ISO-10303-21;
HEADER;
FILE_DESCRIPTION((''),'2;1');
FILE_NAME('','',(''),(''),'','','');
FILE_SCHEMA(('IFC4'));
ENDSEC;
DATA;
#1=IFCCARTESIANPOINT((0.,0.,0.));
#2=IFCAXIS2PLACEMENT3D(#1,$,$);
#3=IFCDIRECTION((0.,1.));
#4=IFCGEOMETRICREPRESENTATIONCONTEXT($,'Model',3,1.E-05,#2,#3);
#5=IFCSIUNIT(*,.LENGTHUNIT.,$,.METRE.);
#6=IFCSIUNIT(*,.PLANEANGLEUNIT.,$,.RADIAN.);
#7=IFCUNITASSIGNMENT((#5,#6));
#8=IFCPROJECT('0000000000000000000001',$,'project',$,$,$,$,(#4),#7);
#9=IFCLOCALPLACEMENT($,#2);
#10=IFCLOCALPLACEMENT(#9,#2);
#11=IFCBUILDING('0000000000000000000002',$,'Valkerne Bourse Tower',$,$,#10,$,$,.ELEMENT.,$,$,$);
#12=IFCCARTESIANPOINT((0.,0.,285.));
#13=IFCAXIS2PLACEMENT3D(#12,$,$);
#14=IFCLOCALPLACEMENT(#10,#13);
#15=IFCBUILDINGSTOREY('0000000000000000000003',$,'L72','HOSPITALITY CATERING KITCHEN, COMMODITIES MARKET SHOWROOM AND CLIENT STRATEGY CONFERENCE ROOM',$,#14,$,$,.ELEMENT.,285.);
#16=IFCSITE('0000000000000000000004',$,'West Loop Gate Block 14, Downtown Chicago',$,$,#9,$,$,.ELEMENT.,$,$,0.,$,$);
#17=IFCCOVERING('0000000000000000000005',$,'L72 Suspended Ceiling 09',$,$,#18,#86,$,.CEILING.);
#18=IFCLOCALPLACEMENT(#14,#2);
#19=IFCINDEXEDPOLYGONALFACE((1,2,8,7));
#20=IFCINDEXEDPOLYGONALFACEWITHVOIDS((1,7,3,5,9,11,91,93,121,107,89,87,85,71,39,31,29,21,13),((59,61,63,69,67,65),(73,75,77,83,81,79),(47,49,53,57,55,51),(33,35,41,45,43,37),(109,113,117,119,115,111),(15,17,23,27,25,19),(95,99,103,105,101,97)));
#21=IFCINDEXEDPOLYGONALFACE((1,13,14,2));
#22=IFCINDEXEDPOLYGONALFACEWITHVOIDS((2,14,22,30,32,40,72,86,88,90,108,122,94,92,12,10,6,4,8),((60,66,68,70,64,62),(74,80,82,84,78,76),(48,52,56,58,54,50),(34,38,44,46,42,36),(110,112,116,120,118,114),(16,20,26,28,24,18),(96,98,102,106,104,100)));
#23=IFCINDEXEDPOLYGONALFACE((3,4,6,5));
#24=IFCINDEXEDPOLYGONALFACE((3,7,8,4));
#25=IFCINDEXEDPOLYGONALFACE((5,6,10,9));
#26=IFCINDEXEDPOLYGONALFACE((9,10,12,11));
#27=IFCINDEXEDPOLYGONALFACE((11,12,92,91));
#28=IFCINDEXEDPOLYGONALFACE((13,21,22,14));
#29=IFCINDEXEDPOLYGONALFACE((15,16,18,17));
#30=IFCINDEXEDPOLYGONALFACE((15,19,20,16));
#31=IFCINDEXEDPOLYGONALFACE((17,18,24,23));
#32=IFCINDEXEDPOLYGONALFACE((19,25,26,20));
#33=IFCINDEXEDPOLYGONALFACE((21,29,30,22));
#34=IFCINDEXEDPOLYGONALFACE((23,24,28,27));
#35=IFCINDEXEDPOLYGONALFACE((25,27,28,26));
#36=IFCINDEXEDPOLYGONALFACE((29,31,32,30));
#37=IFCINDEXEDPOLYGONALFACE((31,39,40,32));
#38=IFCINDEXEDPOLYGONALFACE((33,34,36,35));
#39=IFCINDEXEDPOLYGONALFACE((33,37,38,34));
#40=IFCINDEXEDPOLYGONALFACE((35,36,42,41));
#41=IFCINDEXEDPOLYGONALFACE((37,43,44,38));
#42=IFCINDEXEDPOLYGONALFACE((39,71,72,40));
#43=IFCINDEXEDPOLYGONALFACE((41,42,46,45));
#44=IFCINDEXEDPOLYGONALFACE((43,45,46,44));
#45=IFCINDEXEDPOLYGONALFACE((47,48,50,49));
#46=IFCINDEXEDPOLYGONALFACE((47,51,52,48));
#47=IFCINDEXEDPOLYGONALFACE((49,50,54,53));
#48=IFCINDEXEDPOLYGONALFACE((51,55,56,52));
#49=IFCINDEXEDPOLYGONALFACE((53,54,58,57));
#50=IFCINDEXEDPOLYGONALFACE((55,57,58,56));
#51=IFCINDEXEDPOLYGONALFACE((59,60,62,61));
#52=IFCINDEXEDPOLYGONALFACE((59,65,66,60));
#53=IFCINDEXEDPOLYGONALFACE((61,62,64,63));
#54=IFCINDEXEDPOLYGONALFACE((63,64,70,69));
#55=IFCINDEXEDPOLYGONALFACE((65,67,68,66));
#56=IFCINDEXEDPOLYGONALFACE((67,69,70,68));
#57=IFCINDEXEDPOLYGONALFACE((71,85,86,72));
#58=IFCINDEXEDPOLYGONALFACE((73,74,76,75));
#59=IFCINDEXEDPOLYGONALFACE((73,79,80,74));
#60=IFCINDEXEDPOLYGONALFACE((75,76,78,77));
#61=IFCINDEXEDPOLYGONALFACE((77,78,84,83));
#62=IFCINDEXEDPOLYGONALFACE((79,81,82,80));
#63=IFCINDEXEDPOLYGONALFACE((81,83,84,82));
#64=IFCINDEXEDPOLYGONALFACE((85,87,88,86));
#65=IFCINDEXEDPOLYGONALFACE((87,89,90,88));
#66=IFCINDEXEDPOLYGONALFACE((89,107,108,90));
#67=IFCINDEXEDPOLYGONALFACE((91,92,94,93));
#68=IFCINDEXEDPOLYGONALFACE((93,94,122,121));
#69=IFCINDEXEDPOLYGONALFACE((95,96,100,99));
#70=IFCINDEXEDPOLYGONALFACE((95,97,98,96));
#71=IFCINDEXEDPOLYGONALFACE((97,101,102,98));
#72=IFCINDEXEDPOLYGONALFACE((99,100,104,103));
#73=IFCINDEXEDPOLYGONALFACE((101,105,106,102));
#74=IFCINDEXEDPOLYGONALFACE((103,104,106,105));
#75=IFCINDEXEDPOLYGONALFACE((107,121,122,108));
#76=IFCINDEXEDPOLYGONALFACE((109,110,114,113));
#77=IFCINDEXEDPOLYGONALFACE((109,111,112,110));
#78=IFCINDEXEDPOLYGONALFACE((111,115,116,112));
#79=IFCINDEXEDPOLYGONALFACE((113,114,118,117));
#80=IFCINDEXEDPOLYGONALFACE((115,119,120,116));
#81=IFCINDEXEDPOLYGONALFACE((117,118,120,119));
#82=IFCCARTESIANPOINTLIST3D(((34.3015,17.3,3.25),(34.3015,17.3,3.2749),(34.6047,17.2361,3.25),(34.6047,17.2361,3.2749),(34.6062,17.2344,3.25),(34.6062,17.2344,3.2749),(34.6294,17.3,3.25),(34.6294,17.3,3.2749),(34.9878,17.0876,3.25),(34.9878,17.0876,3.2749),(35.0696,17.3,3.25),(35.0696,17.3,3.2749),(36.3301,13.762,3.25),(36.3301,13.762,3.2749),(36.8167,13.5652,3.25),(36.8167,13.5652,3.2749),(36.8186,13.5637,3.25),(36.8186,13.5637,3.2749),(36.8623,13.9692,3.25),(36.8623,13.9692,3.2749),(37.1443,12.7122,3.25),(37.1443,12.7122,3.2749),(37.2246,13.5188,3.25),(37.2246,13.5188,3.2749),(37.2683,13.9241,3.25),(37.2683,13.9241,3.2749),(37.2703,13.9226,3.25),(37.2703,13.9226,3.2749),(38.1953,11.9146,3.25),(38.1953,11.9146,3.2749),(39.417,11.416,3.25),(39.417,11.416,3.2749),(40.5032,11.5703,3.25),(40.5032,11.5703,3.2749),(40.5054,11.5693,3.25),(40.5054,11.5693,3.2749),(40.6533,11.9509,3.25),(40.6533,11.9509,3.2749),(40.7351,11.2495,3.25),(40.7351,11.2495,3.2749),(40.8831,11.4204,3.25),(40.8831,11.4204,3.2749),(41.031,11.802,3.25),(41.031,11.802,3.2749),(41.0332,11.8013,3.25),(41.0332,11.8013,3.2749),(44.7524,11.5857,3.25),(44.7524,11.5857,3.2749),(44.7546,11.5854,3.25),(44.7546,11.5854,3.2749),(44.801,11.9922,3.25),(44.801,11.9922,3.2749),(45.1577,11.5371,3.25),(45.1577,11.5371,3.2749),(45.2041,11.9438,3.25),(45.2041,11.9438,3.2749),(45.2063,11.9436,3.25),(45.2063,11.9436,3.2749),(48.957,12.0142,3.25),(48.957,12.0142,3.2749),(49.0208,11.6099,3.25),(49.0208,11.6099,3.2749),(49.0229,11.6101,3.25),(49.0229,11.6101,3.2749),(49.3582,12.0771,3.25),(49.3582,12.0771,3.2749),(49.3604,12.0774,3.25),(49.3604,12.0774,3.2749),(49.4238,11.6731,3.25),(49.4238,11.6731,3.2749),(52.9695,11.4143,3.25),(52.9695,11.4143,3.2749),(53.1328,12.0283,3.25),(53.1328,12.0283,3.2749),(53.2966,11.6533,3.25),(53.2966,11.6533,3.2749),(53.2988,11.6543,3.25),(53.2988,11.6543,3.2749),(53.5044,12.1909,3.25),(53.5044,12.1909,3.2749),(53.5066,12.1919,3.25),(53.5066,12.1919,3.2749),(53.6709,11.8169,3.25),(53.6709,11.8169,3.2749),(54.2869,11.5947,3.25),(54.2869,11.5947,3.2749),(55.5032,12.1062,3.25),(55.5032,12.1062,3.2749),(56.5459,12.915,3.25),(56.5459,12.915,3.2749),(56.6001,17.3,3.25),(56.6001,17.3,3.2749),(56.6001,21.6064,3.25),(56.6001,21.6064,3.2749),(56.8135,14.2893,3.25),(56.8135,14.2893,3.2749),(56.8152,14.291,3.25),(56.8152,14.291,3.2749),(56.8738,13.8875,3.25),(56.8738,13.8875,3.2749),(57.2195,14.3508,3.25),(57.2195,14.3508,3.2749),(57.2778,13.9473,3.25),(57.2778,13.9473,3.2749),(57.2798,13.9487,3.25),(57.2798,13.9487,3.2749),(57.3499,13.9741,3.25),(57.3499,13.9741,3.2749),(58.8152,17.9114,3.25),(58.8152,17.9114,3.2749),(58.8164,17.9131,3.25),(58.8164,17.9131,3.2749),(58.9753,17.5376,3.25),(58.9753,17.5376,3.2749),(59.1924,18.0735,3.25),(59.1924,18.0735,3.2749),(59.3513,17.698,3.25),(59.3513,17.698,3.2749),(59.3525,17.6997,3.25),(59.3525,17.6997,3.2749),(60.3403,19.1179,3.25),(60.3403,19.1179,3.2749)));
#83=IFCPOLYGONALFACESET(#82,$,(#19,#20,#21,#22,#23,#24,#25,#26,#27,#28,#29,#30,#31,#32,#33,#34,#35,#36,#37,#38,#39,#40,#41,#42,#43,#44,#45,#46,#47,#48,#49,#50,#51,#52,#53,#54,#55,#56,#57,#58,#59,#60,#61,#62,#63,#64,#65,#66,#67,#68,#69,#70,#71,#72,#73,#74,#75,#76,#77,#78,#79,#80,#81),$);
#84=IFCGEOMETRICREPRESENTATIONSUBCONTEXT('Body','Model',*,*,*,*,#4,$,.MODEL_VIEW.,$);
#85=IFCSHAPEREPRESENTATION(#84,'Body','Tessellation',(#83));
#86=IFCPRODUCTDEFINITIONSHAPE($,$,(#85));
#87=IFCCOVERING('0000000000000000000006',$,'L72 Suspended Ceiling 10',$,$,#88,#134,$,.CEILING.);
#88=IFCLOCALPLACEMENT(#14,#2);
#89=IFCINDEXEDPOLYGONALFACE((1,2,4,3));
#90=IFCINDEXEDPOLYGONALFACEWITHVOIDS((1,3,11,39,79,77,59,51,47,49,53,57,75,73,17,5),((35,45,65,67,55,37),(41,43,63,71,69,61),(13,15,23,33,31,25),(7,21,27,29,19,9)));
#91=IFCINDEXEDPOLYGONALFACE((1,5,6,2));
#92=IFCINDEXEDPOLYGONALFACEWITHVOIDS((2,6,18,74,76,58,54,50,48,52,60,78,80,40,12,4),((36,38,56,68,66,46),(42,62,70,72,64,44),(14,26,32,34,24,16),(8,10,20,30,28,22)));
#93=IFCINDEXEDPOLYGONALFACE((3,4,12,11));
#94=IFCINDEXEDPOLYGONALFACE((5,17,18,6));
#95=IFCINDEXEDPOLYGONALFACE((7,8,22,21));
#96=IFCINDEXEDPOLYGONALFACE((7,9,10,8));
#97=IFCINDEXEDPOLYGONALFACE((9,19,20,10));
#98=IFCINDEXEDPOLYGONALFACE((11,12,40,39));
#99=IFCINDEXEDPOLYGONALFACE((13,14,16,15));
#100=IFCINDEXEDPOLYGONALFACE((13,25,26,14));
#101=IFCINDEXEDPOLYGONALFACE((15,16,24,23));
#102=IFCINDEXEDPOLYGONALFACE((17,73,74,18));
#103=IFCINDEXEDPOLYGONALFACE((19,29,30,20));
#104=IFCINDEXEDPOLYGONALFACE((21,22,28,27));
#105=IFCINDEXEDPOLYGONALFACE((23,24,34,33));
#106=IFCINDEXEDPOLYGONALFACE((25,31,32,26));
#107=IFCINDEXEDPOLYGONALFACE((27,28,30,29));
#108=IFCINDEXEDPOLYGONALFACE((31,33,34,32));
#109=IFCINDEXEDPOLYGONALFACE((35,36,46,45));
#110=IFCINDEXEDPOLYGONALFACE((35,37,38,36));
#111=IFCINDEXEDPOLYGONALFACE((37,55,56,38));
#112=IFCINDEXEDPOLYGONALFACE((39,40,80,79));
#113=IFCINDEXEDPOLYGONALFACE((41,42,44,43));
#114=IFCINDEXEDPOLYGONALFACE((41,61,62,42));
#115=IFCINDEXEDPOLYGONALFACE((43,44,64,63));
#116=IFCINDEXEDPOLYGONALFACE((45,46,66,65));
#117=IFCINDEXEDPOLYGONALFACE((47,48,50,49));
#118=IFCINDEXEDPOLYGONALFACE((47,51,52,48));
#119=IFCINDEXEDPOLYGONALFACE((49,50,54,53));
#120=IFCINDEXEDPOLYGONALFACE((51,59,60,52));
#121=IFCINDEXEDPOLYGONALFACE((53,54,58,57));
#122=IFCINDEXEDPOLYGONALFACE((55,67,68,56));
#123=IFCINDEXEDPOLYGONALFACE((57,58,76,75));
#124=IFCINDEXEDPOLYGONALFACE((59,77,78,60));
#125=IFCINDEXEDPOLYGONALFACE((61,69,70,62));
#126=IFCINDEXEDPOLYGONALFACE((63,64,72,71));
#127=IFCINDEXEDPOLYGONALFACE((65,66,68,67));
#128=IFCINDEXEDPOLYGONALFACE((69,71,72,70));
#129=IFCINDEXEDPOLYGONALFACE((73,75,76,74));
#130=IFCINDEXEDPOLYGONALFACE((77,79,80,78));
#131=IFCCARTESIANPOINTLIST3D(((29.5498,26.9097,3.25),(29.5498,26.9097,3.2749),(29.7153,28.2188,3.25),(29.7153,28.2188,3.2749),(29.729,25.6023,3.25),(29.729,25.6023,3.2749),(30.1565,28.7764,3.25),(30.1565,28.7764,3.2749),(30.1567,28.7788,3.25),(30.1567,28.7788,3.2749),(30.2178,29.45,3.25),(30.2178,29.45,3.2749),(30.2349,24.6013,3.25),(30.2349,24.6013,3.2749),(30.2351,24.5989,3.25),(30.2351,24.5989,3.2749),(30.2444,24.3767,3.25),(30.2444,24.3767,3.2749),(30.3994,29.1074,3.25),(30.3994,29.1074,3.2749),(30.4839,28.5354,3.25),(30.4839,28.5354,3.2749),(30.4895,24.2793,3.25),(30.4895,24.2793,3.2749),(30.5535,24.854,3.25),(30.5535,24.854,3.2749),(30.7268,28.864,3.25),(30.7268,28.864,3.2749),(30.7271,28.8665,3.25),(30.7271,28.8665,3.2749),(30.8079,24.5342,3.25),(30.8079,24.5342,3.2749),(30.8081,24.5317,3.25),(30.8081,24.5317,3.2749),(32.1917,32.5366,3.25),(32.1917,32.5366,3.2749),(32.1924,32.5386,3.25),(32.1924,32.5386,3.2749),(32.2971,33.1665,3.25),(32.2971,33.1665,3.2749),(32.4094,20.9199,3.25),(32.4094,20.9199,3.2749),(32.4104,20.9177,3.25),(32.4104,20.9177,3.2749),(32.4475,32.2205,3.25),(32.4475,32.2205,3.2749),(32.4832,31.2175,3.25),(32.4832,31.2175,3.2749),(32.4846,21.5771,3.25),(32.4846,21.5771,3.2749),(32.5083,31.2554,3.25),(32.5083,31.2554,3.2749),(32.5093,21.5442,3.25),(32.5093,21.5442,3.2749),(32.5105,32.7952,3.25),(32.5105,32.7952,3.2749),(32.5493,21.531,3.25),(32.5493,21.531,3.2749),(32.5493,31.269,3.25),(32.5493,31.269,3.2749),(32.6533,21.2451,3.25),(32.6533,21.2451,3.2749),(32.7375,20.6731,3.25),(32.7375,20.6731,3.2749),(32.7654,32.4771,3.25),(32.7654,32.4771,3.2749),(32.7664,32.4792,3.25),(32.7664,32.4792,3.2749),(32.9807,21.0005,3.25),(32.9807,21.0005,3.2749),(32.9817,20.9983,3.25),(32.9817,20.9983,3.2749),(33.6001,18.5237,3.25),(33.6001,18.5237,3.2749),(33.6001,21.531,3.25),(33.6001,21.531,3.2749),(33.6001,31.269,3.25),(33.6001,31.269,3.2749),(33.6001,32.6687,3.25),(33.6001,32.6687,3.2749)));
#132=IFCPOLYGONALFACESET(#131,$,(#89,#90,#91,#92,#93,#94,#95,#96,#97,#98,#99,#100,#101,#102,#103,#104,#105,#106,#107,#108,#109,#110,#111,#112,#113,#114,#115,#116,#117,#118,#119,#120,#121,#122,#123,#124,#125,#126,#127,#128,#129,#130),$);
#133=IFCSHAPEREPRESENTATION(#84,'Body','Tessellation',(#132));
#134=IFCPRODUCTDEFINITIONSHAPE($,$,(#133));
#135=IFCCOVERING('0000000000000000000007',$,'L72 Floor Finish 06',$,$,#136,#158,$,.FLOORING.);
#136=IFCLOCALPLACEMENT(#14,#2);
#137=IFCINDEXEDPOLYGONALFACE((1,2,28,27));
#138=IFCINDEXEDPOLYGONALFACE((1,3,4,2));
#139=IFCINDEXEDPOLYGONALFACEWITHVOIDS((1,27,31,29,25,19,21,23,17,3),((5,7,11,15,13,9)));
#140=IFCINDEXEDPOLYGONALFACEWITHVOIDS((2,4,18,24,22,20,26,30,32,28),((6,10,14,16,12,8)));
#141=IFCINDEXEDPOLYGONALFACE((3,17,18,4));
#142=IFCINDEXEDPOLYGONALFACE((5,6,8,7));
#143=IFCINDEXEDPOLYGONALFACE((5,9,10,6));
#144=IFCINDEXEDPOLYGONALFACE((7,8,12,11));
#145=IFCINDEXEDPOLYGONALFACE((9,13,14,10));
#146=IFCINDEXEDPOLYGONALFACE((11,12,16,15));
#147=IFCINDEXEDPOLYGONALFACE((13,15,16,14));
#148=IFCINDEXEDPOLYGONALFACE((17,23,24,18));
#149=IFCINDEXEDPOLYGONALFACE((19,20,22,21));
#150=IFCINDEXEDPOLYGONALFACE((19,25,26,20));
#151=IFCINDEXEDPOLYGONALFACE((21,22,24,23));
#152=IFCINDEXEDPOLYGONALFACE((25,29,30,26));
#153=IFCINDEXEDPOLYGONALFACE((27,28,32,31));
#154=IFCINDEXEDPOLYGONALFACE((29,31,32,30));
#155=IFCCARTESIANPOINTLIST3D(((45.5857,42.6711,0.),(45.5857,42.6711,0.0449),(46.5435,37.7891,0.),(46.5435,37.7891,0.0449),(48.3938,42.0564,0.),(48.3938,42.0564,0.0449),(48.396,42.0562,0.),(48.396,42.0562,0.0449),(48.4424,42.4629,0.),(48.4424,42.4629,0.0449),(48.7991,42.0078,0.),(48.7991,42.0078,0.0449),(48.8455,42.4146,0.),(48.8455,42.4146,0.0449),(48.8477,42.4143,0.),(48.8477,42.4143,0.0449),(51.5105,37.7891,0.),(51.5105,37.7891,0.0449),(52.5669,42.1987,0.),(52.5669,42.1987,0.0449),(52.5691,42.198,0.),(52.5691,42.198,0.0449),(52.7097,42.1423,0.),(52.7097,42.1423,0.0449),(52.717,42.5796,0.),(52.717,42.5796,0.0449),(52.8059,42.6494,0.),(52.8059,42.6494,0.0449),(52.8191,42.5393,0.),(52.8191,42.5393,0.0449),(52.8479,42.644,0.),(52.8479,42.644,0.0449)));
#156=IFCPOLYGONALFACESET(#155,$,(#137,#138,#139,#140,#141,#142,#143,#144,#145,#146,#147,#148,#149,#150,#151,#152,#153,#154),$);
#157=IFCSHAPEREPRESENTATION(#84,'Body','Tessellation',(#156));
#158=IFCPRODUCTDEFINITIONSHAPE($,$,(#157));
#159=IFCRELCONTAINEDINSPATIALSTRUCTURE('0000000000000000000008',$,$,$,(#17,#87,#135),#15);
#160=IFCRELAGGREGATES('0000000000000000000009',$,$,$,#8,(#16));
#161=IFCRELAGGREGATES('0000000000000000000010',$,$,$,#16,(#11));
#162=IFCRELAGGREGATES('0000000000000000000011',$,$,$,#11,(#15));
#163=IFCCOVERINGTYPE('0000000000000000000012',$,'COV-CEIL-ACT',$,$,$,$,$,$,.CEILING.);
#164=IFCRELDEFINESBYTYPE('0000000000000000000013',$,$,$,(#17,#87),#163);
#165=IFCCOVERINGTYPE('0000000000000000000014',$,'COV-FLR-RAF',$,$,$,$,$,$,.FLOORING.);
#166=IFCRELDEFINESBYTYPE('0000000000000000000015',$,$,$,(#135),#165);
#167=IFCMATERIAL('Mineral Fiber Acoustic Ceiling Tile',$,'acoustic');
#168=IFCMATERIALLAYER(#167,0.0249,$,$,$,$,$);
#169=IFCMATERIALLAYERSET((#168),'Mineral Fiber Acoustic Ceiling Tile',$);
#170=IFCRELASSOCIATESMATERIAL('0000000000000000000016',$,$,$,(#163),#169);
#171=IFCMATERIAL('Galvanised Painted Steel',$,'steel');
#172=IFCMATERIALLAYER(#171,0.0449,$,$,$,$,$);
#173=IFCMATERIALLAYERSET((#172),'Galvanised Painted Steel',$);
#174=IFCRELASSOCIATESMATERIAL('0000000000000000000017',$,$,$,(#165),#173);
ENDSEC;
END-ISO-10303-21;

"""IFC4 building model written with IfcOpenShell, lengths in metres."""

from ifc_helpers import new_model, si_unit, direction, frame, origin, place, context, subcontext, project, spatial, polyline, outline, extrude, material, layer, layer_set, type_object, element, save


model = new_model("IFC4")

# Units and contexts
model_context = context("Model", 3, precision=1e-05, world=origin(), true_north=direction((0.0, 1.0)))
body_context = subcontext(model_context, "Body", "Model", "MODEL_VIEW")
ifc_project = project(units=[si_unit("LENGTHUNIT", "METRE"), si_unit("PLANEANGLEUNIT", "RADIAN")], contexts=[model_context])

# Site, building, storey
site_placement = place(None, origin())
site = spatial("IfcSite", under=ifc_project, at=site_placement, Name="West Loop Gate Block 14, Downtown Chicago", CompositionType="ELEMENT", RefElevation=0.0)
building_placement = place(site_placement, origin())
building = spatial("IfcBuilding", under=site, at=building_placement, Name="Valkerne Bourse Tower", CompositionType="ELEMENT")
storey_placement = place(building_placement, frame((0.0, 0.0, 285.0)))
storey = spatial("IfcBuildingStorey", under=building, at=storey_placement, Name="L72", Description="HOSPITALITY CATERING KITCHEN, COMMODITIES MARKET SHOWROOM AND CLIENT STRATEGY CONFERENCE ROOM", CompositionType="ELEMENT", Elevation=285.0)

# Coverings
ifc_material_1 = material(Name="Mineral Fiber Acoustic Ceiling Tile", Category="acoustic")
ifc_layer_1 = layer(ifc_material_1, 0.0249)
ifc_layer_set_1 = layer_set([ifc_layer_1], Name="Mineral Fiber Acoustic Ceiling Tile")
covering_type_1 = type_object("IfcCoveringType", Name="COV-CEIL-ACT", PredefinedType="CEILING", material=ifc_layer_set_1)
covering_1_placement = place(storey_placement, frame((0.0, 0.0, 3.25)))
element("IfcCovering", 1, at=covering_1_placement, inside=storey, type_object=covering_type_1, Name="L72 Suspended Ceiling 09", PredefinedType="CEILING", context=body_context, shape_type="SweptSolid", body=[
    extrude(outline(polyline([(55.5032, 12.1062), (54.2869, 11.5947), (52.9695, 11.4143), (40.7351, 11.2495), (39.417, 11.416), (38.1953, 11.9146), (37.1443, 12.7122), (36.3301, 13.762), (34.3015, 17.3), (34.6294, 17.3), (34.6047, 17.2361), (34.6062, 17.2344), (34.9878, 17.0876), (35.0696, 17.3), (56.6001, 17.3), (56.6001, 21.6064), (60.3403, 19.1179), (57.3499, 13.9741), (56.5459, 12.915), (55.5032, 12.1062)]), holes=[polyline([(41.031, 11.802), (40.6533, 11.9509), (40.5032, 11.5703), (40.5054, 11.5693), (40.8831, 11.4204), (41.0332, 11.8013), (41.031, 11.802)]), polyline([(45.2041, 11.9438), (44.801, 11.9922), (44.7524, 11.5857), (44.7546, 11.5854), (45.1577, 11.5371), (45.2063, 11.9436), (45.2041, 11.9438)]), polyline([(37.2683, 13.9241), (36.8623, 13.9692), (36.8167, 13.5652), (36.8186, 13.5637), (37.2246, 13.5188), (37.2703, 13.9226), (37.2683, 13.9241)]), polyline([(49.4238, 11.6731), (49.3604, 12.0774), (49.3582, 12.0771), (48.957, 12.0142), (49.0208, 11.6099), (49.0229, 11.6101), (49.4238, 11.6731)]), polyline([(53.6709, 11.8169), (53.5066, 12.1919), (53.5044, 12.1909), (53.1328, 12.0283), (53.2966, 11.6533), (53.2988, 11.6543), (53.6709, 11.8169)]), polyline([(57.2798, 13.9487), (57.2195, 14.3508), (56.8152, 14.291), (56.8135, 14.2893), (56.8738, 13.8875), (57.2778, 13.9473), (57.2798, 13.9487)]), polyline([(59.3525, 17.6997), (59.1924, 18.0735), (58.8164, 17.9131), (58.8152, 17.9114), (58.9753, 17.5376), (59.3513, 17.698), (59.3525, 17.6997)])]), origin(), (0.0, 0.0, 1.0), 0.0249),
])
covering_2_placement = place(storey_placement, frame((0.0, 0.0, 3.25)))
element("IfcCovering", 2, at=covering_2_placement, inside=storey, type_object=covering_type_1, Name="L72 Suspended Ceiling 10", PredefinedType="CEILING", context=body_context, shape_type="SweptSolid", body=[
    extrude(outline(polyline([(30.2444, 24.3767), (29.729, 25.6023), (29.5498, 26.9097), (29.7153, 28.2188), (30.2178, 29.45), (32.2971, 33.1665), (33.6001, 32.6687), (33.6001, 31.269), (32.5493, 31.269), (32.5083, 31.2554), (32.4832, 31.2175), (32.4846, 21.5771), (32.5093, 21.5442), (32.5493, 21.531), (33.6001, 21.531), (33.6001, 18.5237), (30.2444, 24.3767)]), holes=[polyline([(32.9807, 21.0005), (32.6533, 21.2451), (32.4094, 20.9199), (32.4104, 20.9177), (32.7375, 20.6731), (32.9817, 20.9983), (32.9807, 21.0005)]), polyline([(30.8079, 24.5342), (30.5535, 24.854), (30.2349, 24.6013), (30.2351, 24.5989), (30.4895, 24.2793), (30.8081, 24.5317), (30.8079, 24.5342)]), polyline([(30.7271, 28.8665), (30.3994, 29.1074), (30.1567, 28.7788), (30.1565, 28.7764), (30.4839, 28.5354), (30.7268, 28.864), (30.7271, 28.8665)]), polyline([(32.7664, 32.4792), (32.5105, 32.7952), (32.1924, 32.5386), (32.1917, 32.5366), (32.4475, 32.2205), (32.7654, 32.4771), (32.7664, 32.4792)])]), origin(), (0.0, 0.0, 1.0), 0.0249),
])
ifc_material_2 = material(Name="Galvanised Painted Steel", Category="steel")
ifc_layer_2 = layer(ifc_material_2, 0.0449)
ifc_layer_set_2 = layer_set([ifc_layer_2], Name="Galvanised Painted Steel")
covering_type_2 = type_object("IfcCoveringType", Name="COV-FLR-RAF", PredefinedType="FLOORING", material=ifc_layer_set_2)
covering_3_placement = place(storey_placement, origin())
element("IfcCovering", 3, at=covering_3_placement, inside=storey, type_object=covering_type_2, Name="L72 Floor Finish 06", PredefinedType="FLOORING", context=body_context, shape_type="SweptSolid", body=[
    extrude(outline(polyline([(52.8191, 42.5393), (52.717, 42.5796), (52.5669, 42.1987), (52.5691, 42.198), (52.7097, 42.1423), (51.5105, 37.7891), (46.5435, 37.7891), (45.5857, 42.6711), (52.8059, 42.6494), (52.8479, 42.644), (52.8191, 42.5393)]), holes=[polyline([(48.8455, 42.4146), (48.4424, 42.4629), (48.3938, 42.0564), (48.396, 42.0562), (48.7991, 42.0078), (48.8477, 42.4143), (48.8455, 42.4146)])]), origin(), (0.0, 0.0, 1.0), 0.0449),
])

save(model, "model.ifc")
